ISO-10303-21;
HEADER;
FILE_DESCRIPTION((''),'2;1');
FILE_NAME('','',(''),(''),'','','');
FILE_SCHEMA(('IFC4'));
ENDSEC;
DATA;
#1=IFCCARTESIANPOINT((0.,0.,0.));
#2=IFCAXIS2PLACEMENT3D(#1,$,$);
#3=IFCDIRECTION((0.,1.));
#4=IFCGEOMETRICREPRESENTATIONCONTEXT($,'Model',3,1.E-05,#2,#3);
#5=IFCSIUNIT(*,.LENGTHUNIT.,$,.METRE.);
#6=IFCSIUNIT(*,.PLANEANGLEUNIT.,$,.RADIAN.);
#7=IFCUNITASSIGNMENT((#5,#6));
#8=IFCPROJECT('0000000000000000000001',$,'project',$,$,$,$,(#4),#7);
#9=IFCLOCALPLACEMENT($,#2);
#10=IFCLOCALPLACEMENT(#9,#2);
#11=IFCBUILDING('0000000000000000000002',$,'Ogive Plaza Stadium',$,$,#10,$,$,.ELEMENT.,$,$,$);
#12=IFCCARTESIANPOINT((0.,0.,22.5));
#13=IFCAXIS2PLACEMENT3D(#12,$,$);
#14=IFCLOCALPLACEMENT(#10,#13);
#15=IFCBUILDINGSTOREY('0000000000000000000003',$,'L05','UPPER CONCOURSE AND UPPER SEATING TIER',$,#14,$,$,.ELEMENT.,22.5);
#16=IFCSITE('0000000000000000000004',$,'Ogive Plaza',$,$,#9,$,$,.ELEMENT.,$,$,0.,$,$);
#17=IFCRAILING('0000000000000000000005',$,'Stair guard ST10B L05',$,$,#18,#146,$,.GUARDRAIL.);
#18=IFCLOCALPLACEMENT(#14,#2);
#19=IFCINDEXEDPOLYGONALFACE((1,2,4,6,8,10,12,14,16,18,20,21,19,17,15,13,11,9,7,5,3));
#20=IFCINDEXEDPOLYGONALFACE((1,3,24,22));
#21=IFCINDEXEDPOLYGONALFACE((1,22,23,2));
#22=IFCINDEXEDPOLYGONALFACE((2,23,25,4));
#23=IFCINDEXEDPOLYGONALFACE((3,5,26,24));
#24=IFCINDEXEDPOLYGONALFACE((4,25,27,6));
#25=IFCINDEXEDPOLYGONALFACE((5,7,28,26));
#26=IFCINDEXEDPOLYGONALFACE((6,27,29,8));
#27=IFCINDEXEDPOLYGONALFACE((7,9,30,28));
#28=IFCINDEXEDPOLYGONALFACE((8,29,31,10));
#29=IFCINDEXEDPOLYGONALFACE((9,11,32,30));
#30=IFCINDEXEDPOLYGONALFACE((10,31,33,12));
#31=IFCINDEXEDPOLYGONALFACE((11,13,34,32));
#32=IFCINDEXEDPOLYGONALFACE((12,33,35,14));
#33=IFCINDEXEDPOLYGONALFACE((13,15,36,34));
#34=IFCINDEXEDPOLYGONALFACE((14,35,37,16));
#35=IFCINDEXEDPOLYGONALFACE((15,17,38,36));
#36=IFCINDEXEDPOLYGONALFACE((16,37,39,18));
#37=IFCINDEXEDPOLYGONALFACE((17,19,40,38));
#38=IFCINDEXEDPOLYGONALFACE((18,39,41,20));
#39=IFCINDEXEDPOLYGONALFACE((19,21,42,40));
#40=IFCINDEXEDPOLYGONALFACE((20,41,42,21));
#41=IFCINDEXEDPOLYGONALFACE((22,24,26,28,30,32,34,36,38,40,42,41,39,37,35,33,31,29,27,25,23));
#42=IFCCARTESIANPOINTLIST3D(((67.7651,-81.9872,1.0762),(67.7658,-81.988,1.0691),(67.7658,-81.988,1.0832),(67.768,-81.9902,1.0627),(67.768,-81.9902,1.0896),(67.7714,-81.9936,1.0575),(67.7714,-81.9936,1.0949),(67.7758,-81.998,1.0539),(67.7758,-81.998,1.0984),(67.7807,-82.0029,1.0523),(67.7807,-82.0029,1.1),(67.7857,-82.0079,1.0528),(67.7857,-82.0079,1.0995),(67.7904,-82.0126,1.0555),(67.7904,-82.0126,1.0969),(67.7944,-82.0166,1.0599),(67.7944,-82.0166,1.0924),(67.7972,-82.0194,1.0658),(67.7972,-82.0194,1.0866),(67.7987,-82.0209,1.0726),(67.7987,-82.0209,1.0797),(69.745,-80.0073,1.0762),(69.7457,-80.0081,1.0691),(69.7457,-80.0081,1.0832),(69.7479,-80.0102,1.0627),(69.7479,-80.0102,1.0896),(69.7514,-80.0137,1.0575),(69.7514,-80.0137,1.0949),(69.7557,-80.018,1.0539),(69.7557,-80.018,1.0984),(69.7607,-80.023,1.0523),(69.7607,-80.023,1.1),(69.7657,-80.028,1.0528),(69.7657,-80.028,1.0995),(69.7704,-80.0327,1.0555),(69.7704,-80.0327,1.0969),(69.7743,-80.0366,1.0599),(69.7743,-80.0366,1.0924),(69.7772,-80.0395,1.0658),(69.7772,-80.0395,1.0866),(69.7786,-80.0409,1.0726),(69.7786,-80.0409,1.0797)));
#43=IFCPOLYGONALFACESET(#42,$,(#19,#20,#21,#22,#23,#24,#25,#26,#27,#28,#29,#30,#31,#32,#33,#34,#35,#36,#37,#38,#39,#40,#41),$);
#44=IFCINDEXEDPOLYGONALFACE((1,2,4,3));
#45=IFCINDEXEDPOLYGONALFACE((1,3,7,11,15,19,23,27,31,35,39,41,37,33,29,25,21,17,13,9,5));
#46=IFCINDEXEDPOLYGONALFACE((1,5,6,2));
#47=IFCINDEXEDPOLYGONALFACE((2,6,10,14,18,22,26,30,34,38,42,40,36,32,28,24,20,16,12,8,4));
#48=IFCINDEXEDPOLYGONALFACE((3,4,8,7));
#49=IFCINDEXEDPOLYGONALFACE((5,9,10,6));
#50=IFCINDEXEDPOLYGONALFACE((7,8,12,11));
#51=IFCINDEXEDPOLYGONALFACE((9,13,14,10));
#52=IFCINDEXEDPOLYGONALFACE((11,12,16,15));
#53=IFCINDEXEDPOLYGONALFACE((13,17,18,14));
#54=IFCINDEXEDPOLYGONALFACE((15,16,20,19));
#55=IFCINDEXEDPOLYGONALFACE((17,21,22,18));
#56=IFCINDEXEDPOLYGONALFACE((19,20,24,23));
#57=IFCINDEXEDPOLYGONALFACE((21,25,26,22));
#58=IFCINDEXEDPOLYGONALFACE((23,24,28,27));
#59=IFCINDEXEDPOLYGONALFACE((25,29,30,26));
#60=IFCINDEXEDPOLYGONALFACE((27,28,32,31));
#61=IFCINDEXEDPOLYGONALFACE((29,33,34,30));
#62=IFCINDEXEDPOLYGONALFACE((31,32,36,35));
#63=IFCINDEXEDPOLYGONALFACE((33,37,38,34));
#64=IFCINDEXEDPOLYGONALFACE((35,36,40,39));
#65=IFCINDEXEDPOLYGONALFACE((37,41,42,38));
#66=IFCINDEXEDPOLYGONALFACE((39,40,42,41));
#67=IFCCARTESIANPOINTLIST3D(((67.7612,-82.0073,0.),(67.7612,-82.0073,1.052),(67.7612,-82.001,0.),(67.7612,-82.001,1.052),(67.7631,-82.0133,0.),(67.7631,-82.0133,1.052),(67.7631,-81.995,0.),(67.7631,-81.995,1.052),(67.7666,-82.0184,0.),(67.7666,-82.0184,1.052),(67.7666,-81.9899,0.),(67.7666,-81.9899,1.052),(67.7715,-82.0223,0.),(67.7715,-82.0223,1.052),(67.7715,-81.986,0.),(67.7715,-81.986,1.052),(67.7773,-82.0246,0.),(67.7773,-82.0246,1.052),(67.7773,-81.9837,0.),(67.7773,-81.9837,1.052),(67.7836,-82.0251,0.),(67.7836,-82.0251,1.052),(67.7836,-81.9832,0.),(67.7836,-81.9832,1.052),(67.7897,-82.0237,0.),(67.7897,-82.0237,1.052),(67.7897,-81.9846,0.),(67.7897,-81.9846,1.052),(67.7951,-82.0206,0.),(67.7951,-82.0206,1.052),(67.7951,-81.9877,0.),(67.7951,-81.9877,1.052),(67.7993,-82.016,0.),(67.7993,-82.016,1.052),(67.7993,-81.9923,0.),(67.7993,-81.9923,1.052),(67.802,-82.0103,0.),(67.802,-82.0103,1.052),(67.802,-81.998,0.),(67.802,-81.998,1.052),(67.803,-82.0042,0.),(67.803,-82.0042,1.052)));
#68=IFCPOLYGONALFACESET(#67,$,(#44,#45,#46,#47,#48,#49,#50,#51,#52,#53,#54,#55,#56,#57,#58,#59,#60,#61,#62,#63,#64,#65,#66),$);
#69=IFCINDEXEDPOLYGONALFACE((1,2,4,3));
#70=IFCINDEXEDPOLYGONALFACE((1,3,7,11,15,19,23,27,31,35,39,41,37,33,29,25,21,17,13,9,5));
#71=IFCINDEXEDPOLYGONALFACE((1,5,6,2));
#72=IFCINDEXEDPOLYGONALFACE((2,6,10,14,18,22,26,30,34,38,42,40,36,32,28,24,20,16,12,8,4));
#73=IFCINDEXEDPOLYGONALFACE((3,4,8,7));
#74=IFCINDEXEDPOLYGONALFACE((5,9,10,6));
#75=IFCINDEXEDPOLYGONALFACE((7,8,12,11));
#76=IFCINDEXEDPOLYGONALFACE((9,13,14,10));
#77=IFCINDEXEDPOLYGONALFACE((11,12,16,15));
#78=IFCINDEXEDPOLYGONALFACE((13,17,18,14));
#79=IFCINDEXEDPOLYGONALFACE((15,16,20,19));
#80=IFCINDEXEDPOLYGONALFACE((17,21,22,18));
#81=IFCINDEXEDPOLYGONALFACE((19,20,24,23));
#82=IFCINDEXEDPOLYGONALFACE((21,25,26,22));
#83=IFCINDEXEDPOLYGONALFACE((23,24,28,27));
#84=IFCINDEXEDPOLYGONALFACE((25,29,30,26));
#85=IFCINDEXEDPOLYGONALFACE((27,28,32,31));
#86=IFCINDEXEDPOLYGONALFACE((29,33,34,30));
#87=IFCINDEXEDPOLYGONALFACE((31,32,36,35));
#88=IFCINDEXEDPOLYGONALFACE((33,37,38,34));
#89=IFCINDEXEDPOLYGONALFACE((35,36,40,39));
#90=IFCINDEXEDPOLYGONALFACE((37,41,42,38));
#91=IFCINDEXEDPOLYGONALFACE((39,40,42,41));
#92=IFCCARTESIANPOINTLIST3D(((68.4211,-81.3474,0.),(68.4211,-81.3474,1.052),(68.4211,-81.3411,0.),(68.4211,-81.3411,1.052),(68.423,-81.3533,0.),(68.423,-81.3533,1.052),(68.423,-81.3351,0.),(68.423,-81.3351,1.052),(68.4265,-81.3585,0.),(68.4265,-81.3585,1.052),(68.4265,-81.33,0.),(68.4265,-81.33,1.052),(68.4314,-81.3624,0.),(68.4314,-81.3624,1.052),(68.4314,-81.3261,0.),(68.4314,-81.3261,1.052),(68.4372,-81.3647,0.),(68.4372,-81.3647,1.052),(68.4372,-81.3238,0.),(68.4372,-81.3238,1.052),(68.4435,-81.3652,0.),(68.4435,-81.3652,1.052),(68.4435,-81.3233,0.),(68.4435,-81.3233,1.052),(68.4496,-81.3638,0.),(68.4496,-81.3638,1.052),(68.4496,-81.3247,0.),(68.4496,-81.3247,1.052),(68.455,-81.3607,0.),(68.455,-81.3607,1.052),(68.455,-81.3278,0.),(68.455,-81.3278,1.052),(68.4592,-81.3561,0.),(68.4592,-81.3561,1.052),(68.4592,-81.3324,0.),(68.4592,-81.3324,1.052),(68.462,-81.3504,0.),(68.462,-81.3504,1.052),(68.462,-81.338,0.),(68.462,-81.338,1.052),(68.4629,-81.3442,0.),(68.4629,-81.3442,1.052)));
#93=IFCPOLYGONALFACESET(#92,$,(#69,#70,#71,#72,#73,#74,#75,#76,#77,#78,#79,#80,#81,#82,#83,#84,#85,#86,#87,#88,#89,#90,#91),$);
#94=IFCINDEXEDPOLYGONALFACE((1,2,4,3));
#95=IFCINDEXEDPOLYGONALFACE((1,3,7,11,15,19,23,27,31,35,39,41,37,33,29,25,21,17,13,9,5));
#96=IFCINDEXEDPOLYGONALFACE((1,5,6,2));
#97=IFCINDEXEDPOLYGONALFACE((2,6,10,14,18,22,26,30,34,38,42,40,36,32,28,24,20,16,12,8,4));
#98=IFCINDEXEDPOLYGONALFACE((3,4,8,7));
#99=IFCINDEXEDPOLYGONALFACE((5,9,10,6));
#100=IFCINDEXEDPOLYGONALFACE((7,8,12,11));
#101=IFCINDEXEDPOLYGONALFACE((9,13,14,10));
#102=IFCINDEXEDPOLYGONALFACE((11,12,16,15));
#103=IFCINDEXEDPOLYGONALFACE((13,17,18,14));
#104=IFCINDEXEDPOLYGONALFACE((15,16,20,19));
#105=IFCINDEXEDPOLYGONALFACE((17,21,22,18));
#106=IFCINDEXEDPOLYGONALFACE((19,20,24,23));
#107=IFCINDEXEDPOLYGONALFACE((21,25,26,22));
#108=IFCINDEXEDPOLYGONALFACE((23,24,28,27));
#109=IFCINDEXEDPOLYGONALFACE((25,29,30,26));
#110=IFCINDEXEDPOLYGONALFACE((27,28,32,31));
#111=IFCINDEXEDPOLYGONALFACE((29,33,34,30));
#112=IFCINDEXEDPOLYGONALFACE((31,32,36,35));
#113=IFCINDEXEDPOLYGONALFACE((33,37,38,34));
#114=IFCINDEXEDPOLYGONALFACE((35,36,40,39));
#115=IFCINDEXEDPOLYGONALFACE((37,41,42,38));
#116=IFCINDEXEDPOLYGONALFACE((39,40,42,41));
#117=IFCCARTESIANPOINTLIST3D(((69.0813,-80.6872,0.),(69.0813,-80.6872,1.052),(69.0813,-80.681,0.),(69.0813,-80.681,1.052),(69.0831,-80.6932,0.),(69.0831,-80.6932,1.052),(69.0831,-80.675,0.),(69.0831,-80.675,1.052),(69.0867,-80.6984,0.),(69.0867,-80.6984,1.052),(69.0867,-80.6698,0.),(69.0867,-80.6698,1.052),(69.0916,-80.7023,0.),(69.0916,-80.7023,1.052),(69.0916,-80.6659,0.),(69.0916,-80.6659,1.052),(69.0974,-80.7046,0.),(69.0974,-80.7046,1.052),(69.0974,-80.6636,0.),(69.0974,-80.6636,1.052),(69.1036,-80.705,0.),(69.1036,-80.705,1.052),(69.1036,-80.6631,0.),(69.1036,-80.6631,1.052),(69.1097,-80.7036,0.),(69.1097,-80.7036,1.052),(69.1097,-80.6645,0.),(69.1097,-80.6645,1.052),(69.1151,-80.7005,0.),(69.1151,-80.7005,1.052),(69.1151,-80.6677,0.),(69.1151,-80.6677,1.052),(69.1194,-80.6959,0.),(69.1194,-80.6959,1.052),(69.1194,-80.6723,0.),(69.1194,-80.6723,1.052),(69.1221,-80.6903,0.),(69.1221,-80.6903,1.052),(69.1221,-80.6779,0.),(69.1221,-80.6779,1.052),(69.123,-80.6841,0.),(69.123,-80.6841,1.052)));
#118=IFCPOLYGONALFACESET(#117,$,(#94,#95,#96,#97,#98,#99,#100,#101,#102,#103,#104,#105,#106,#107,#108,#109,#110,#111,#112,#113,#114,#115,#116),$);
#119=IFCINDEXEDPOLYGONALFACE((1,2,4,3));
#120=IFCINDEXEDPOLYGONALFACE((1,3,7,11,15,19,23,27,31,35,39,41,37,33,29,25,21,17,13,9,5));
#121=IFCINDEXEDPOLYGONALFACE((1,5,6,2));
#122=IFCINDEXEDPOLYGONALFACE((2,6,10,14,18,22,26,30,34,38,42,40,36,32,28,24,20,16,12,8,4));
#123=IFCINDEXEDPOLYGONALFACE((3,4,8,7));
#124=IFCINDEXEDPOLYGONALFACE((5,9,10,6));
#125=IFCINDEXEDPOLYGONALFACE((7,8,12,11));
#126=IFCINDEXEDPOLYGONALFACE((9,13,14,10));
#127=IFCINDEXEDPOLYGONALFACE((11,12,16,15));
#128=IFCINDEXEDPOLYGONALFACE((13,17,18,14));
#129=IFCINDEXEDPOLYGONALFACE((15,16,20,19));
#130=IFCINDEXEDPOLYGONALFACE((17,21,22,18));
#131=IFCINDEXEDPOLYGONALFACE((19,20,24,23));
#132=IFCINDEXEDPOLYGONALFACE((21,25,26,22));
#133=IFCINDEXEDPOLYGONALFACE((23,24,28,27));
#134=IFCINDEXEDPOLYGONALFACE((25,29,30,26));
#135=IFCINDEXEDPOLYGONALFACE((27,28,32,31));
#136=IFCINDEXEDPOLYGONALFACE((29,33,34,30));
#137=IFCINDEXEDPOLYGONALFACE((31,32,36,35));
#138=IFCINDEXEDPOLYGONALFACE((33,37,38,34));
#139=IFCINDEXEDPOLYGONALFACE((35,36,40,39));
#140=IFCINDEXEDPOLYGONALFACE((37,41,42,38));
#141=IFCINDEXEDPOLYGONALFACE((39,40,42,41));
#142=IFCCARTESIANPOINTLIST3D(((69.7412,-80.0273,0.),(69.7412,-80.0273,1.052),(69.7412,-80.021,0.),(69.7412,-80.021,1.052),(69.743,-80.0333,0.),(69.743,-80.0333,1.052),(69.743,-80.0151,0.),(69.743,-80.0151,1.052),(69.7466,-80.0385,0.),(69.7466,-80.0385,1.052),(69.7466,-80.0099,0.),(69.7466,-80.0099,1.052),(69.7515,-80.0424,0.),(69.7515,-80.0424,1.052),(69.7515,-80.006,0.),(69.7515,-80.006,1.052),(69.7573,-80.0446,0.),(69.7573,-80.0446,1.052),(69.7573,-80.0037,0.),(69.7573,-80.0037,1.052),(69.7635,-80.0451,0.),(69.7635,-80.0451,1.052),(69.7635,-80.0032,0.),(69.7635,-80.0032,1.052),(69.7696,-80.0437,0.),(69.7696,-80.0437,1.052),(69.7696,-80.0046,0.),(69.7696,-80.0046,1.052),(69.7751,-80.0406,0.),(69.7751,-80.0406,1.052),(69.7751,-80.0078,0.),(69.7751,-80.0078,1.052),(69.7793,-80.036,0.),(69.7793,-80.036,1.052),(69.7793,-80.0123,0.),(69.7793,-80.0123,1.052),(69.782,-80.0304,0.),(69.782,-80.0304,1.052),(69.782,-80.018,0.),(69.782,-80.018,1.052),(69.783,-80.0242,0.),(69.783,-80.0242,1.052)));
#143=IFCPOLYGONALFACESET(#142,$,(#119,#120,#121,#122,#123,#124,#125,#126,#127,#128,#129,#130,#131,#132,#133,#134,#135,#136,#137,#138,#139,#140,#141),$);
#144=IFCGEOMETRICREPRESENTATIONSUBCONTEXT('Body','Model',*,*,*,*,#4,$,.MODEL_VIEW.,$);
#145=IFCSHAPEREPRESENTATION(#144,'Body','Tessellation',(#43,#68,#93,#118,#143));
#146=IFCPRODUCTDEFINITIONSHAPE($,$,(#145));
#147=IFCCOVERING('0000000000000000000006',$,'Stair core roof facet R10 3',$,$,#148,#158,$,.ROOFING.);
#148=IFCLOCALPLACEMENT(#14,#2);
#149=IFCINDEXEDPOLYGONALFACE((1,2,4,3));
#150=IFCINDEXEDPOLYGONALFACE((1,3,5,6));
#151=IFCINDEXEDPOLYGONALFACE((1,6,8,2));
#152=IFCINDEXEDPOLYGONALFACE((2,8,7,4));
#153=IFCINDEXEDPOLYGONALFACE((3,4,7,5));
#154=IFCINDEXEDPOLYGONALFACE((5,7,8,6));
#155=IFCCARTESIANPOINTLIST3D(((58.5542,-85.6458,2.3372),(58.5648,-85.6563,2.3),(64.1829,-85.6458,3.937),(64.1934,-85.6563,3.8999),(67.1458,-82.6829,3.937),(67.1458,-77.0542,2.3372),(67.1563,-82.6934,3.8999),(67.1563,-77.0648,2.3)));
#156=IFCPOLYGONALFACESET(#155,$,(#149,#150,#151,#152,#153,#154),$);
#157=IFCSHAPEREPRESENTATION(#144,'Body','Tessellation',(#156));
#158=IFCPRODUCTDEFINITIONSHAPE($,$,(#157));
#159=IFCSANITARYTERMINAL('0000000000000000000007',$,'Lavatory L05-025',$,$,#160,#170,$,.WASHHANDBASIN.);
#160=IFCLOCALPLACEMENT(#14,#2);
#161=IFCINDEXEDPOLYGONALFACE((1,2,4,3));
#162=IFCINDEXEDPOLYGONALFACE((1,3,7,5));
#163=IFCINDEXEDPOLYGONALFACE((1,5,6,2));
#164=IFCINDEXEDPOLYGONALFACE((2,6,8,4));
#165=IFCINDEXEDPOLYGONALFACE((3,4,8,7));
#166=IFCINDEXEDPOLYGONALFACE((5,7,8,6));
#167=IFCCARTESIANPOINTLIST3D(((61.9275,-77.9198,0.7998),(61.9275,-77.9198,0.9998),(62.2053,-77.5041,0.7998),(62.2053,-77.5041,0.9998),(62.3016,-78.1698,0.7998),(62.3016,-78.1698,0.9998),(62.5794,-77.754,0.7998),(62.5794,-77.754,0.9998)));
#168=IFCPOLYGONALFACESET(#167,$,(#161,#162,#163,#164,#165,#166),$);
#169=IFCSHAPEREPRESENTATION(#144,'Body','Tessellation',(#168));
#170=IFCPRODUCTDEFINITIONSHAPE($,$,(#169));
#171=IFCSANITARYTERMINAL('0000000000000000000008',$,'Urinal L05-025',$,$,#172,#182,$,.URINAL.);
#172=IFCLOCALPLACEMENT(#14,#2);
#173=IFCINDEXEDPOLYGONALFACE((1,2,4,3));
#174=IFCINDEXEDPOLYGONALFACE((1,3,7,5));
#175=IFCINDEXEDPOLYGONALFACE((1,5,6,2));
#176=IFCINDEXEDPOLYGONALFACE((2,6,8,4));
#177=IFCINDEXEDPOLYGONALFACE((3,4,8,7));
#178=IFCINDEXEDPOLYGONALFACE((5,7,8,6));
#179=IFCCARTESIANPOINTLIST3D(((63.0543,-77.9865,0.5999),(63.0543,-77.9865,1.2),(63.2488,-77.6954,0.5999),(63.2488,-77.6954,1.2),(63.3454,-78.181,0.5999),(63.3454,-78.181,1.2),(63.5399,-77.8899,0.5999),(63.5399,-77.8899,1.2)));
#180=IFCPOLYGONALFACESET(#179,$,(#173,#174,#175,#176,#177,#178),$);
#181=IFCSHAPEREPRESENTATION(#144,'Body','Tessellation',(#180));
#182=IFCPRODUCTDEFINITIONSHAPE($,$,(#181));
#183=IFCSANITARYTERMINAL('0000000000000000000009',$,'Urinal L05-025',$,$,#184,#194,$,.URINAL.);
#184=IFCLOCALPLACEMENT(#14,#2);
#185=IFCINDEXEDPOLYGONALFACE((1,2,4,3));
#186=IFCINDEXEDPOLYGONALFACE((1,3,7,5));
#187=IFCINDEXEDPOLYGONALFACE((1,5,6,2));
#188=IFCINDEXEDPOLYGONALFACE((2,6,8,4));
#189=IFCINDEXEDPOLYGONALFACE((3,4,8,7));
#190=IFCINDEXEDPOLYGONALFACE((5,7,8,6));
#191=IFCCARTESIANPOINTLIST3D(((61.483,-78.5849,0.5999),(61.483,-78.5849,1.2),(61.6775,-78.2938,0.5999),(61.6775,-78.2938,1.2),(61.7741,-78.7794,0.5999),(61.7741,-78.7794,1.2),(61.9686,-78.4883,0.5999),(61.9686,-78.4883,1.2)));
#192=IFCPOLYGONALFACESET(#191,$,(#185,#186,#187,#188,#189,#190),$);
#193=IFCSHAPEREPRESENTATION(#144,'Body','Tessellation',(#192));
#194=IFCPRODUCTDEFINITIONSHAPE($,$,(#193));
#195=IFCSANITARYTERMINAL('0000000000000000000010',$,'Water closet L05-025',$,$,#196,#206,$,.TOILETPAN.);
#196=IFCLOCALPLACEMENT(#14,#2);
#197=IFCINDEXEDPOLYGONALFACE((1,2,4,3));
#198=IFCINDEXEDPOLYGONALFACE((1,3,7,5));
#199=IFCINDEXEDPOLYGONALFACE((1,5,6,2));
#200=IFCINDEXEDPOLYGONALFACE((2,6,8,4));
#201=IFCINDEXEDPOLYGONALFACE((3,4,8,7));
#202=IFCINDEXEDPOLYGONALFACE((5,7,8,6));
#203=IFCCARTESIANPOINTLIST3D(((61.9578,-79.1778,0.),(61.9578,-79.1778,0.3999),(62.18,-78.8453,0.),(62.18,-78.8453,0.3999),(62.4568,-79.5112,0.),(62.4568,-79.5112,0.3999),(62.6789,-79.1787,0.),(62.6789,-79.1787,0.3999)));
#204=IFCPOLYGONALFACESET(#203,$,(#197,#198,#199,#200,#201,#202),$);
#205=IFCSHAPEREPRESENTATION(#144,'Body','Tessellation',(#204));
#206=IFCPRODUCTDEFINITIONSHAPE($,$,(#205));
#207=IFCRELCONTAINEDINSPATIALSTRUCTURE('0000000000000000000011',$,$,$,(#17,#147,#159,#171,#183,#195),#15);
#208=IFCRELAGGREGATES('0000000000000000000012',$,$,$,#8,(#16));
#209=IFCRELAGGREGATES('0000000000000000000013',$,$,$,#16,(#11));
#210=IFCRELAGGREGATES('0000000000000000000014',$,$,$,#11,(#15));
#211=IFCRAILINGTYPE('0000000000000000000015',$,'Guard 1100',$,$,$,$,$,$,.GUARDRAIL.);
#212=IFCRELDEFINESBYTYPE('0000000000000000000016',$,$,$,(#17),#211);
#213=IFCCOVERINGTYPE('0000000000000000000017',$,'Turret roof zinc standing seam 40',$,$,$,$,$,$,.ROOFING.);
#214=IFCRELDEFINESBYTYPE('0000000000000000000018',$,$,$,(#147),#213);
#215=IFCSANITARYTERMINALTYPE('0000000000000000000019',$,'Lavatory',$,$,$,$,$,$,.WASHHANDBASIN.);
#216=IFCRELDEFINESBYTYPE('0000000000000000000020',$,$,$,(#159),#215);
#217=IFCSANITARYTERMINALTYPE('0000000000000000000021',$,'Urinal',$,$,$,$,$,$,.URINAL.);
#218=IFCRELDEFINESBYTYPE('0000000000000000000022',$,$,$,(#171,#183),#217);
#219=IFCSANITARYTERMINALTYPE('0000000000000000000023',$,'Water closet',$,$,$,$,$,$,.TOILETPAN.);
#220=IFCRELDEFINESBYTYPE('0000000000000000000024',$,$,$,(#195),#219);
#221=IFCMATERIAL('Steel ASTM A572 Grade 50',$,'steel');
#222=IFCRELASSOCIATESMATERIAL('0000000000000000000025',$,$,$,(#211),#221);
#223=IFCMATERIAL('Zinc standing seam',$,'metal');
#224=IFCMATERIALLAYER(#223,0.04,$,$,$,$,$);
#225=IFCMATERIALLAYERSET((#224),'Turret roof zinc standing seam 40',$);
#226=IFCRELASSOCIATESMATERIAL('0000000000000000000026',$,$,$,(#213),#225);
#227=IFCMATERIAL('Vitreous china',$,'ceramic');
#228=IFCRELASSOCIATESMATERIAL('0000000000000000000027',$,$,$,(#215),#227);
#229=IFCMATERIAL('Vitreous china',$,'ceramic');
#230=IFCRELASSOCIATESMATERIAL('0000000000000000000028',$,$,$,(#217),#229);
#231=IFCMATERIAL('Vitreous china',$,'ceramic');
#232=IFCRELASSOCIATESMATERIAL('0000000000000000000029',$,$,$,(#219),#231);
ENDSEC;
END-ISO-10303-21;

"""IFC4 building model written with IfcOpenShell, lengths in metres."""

from ifc_helpers import new_model, si_unit, direction, frame, origin, origin_2d, place, context, subcontext, project, spatial, polyline, rectangle, circle, outline, extrude, material, layer, layer_set, type_object, element, save


model = new_model("IFC4")

# Units and contexts
model_context = context("Model", 3, precision=1e-05, world=origin(), true_north=direction((0.0, 1.0)))
body_context = subcontext(model_context, "Body", "Model", "MODEL_VIEW")
ifc_project = project(units=[si_unit("LENGTHUNIT", "METRE"), si_unit("PLANEANGLEUNIT", "RADIAN")], contexts=[model_context])

# Site, building, storey
site_placement = place(None, origin())
site = spatial("IfcSite", under=ifc_project, at=site_placement, Name="Ogive Plaza", CompositionType="ELEMENT", RefElevation=0.0)
building_placement = place(site_placement, origin())
building = spatial("IfcBuilding", under=site, at=building_placement, Name="Ogive Plaza Stadium", CompositionType="ELEMENT")
storey_placement = place(building_placement, frame((0.0, 0.0, 22.5)))
storey = spatial("IfcBuildingStorey", under=building, at=storey_placement, Name="L05", Description="UPPER CONCOURSE AND UPPER SEATING TIER", CompositionType="ELEMENT", Elevation=22.5)

# Railing
ifc_material_1 = material(Name="Steel ASTM A572 Grade 50", Category="steel")
railing_type = type_object("IfcRailingType", Name="Guard 1100", PredefinedType="GUARDRAIL", material=ifc_material_1)
railing_placement = place(storey_placement, frame((67.782, -82.0042, 0.0)))
element("IfcRailing", 1, at=railing_placement, inside=storey, type_object=railing_type, Name="Stair guard ST10B L05", PredefinedType="GUARDRAIL", context=body_context, shape_type="SweptSolid", body=[
    extrude(circle(Radius=0.0239, at=origin_2d()), frame((0.0, 0.0, 1.0762), z_axis=(0.707107, 0.707107, 0.0), x_axis=(-0.707107, 0.707107, 0.0)), (0.0, 0.0, 1.0), 2.8),
    extrude(circle(Radius=0.021, at=origin_2d()), origin(), (0.0, 0.0, 1.0), 1.052),
    extrude(circle(Radius=0.021, at=origin_2d()), frame((0.6599, 0.6599, 0.0)), (0.0, 0.0, 1.0), 1.052),
    extrude(circle(Radius=0.021, at=origin_2d()), frame((1.3201, 1.3201, 0.0)), (0.0, 0.0, 1.0), 1.052),
    extrude(circle(Radius=0.021, at=origin_2d()), frame((1.98, 1.98, 0.0)), (0.0, 0.0, 1.0), 1.052),
])

# Covering
ifc_material_2 = material(Name="Zinc standing seam", Category="metal")
ifc_layer_1 = layer(ifc_material_2, 0.04)
ifc_layer_set_1 = layer_set([ifc_layer_1], Name="Turret roof zinc standing seam 40")
covering_type = type_object("IfcCoveringType", Name="Turret roof zinc standing seam 40", PredefinedType="ROOFING", material=ifc_layer_set_1)
covering_placement = place(storey_placement, frame((67.1458, -77.0542, 2.3372), z_axis=(-0.263725, 0.263725, 0.927846), x_axis=(-0.707107, -0.707107, 0.0)))
element("IfcCovering", 2, at=covering_placement, inside=storey, type_object=covering_type, Name="Stair core roof facet R10 3", PredefinedType="ROOFING", context=body_context, shape_type="SweptSolid", body=[
    extrude(outline(polyline([(0.0, 0.0), (12.1503, 0.0), (8.1702, 4.2896), (3.9801, 4.2896), (0.0, 0.0)])), origin(), (0.0, 0.0, -1.0), 0.04),
])

# Sanitary terminals
ifc_material_3 = material(Name="Vitreous china", Category="ceramic")
sanitary_terminal_type_1 = type_object("IfcSanitaryTerminalType", Name="Lavatory", PredefinedType="WASHHANDBASIN", material=ifc_material_3)
sanitary_terminal_placement = place(storey_placement, frame((62.2534, -77.8369, 0.7998), z_axis=(0.0, 0.0, 1.0), x_axis=(0.55557, 0.83147, 0.0)))
element("IfcSanitaryTerminal", 3, at=sanitary_terminal_placement, inside=storey, type_object=sanitary_terminal_type_1, Name="Lavatory L05-025", PredefinedType="WASHHANDBASIN", context=body_context, shape_type="SweptSolid", body=[
    extrude(rectangle(XDim=0.5, YDim=0.45, at=origin_2d()), origin(), (0.0, 0.0, 1.0), 0.2),
])
ifc_material_4 = material(Name="Vitreous china", Category="ceramic")
sanitary_terminal_type_2 = type_object("IfcSanitaryTerminalType", Name="Urinal", PredefinedType="URINAL", material=ifc_material_4)
for number, where, z_axis, x_axis, name in (
    (4, (63.2971, -77.9382, 0.5999), (0.0, 0.0, 1.0), (0.55557, 0.83147, 0.0), "Urinal L05-025"),
    (5, (61.7258, -78.5366, 0.5999), (0.0, 0.0, 1.0), (0.55557, 0.83147, 0.0), "Urinal L05-025"),
):
    element("IfcSanitaryTerminal", number, at=place(storey_placement, frame(where, z_axis=z_axis, x_axis=x_axis)), inside=storey, type_object=sanitary_terminal_type_2, Name=name, PredefinedType="URINAL", context=body_context, shape_type="SweptSolid", body=[
        extrude(rectangle(XDim=0.3501, YDim=0.3501, at=origin_2d()), origin(), (0.0, 0.0, 1.0), 0.6001),
    ])
ifc_material_5 = material(Name="Vitreous china", Category="ceramic")
sanitary_terminal_type_3 = type_object("IfcSanitaryTerminalType", Name="Water closet", PredefinedType="TOILETPAN", material=ifc_material_5)
for number, where, z_axis, x_axis, name in (
    (6, (62.3184, -79.1782, 0.0), (0.0, 0.0, 1.0), (0.55557, 0.83147, 0.0), "Water closet L05-025"),
):
    element("IfcSanitaryTerminal", number, at=place(storey_placement, frame(where, z_axis=z_axis, x_axis=x_axis)), inside=storey, type_object=sanitary_terminal_type_3, Name=name, PredefinedType="TOILETPAN", context=body_context, shape_type="SweptSolid", body=[
        extrude(rectangle(XDim=0.3999, YDim=0.6001, at=origin_2d()), origin(), (0.0, 0.0, 1.0), 0.3999),
    ])

save(model, "model.ifc")
